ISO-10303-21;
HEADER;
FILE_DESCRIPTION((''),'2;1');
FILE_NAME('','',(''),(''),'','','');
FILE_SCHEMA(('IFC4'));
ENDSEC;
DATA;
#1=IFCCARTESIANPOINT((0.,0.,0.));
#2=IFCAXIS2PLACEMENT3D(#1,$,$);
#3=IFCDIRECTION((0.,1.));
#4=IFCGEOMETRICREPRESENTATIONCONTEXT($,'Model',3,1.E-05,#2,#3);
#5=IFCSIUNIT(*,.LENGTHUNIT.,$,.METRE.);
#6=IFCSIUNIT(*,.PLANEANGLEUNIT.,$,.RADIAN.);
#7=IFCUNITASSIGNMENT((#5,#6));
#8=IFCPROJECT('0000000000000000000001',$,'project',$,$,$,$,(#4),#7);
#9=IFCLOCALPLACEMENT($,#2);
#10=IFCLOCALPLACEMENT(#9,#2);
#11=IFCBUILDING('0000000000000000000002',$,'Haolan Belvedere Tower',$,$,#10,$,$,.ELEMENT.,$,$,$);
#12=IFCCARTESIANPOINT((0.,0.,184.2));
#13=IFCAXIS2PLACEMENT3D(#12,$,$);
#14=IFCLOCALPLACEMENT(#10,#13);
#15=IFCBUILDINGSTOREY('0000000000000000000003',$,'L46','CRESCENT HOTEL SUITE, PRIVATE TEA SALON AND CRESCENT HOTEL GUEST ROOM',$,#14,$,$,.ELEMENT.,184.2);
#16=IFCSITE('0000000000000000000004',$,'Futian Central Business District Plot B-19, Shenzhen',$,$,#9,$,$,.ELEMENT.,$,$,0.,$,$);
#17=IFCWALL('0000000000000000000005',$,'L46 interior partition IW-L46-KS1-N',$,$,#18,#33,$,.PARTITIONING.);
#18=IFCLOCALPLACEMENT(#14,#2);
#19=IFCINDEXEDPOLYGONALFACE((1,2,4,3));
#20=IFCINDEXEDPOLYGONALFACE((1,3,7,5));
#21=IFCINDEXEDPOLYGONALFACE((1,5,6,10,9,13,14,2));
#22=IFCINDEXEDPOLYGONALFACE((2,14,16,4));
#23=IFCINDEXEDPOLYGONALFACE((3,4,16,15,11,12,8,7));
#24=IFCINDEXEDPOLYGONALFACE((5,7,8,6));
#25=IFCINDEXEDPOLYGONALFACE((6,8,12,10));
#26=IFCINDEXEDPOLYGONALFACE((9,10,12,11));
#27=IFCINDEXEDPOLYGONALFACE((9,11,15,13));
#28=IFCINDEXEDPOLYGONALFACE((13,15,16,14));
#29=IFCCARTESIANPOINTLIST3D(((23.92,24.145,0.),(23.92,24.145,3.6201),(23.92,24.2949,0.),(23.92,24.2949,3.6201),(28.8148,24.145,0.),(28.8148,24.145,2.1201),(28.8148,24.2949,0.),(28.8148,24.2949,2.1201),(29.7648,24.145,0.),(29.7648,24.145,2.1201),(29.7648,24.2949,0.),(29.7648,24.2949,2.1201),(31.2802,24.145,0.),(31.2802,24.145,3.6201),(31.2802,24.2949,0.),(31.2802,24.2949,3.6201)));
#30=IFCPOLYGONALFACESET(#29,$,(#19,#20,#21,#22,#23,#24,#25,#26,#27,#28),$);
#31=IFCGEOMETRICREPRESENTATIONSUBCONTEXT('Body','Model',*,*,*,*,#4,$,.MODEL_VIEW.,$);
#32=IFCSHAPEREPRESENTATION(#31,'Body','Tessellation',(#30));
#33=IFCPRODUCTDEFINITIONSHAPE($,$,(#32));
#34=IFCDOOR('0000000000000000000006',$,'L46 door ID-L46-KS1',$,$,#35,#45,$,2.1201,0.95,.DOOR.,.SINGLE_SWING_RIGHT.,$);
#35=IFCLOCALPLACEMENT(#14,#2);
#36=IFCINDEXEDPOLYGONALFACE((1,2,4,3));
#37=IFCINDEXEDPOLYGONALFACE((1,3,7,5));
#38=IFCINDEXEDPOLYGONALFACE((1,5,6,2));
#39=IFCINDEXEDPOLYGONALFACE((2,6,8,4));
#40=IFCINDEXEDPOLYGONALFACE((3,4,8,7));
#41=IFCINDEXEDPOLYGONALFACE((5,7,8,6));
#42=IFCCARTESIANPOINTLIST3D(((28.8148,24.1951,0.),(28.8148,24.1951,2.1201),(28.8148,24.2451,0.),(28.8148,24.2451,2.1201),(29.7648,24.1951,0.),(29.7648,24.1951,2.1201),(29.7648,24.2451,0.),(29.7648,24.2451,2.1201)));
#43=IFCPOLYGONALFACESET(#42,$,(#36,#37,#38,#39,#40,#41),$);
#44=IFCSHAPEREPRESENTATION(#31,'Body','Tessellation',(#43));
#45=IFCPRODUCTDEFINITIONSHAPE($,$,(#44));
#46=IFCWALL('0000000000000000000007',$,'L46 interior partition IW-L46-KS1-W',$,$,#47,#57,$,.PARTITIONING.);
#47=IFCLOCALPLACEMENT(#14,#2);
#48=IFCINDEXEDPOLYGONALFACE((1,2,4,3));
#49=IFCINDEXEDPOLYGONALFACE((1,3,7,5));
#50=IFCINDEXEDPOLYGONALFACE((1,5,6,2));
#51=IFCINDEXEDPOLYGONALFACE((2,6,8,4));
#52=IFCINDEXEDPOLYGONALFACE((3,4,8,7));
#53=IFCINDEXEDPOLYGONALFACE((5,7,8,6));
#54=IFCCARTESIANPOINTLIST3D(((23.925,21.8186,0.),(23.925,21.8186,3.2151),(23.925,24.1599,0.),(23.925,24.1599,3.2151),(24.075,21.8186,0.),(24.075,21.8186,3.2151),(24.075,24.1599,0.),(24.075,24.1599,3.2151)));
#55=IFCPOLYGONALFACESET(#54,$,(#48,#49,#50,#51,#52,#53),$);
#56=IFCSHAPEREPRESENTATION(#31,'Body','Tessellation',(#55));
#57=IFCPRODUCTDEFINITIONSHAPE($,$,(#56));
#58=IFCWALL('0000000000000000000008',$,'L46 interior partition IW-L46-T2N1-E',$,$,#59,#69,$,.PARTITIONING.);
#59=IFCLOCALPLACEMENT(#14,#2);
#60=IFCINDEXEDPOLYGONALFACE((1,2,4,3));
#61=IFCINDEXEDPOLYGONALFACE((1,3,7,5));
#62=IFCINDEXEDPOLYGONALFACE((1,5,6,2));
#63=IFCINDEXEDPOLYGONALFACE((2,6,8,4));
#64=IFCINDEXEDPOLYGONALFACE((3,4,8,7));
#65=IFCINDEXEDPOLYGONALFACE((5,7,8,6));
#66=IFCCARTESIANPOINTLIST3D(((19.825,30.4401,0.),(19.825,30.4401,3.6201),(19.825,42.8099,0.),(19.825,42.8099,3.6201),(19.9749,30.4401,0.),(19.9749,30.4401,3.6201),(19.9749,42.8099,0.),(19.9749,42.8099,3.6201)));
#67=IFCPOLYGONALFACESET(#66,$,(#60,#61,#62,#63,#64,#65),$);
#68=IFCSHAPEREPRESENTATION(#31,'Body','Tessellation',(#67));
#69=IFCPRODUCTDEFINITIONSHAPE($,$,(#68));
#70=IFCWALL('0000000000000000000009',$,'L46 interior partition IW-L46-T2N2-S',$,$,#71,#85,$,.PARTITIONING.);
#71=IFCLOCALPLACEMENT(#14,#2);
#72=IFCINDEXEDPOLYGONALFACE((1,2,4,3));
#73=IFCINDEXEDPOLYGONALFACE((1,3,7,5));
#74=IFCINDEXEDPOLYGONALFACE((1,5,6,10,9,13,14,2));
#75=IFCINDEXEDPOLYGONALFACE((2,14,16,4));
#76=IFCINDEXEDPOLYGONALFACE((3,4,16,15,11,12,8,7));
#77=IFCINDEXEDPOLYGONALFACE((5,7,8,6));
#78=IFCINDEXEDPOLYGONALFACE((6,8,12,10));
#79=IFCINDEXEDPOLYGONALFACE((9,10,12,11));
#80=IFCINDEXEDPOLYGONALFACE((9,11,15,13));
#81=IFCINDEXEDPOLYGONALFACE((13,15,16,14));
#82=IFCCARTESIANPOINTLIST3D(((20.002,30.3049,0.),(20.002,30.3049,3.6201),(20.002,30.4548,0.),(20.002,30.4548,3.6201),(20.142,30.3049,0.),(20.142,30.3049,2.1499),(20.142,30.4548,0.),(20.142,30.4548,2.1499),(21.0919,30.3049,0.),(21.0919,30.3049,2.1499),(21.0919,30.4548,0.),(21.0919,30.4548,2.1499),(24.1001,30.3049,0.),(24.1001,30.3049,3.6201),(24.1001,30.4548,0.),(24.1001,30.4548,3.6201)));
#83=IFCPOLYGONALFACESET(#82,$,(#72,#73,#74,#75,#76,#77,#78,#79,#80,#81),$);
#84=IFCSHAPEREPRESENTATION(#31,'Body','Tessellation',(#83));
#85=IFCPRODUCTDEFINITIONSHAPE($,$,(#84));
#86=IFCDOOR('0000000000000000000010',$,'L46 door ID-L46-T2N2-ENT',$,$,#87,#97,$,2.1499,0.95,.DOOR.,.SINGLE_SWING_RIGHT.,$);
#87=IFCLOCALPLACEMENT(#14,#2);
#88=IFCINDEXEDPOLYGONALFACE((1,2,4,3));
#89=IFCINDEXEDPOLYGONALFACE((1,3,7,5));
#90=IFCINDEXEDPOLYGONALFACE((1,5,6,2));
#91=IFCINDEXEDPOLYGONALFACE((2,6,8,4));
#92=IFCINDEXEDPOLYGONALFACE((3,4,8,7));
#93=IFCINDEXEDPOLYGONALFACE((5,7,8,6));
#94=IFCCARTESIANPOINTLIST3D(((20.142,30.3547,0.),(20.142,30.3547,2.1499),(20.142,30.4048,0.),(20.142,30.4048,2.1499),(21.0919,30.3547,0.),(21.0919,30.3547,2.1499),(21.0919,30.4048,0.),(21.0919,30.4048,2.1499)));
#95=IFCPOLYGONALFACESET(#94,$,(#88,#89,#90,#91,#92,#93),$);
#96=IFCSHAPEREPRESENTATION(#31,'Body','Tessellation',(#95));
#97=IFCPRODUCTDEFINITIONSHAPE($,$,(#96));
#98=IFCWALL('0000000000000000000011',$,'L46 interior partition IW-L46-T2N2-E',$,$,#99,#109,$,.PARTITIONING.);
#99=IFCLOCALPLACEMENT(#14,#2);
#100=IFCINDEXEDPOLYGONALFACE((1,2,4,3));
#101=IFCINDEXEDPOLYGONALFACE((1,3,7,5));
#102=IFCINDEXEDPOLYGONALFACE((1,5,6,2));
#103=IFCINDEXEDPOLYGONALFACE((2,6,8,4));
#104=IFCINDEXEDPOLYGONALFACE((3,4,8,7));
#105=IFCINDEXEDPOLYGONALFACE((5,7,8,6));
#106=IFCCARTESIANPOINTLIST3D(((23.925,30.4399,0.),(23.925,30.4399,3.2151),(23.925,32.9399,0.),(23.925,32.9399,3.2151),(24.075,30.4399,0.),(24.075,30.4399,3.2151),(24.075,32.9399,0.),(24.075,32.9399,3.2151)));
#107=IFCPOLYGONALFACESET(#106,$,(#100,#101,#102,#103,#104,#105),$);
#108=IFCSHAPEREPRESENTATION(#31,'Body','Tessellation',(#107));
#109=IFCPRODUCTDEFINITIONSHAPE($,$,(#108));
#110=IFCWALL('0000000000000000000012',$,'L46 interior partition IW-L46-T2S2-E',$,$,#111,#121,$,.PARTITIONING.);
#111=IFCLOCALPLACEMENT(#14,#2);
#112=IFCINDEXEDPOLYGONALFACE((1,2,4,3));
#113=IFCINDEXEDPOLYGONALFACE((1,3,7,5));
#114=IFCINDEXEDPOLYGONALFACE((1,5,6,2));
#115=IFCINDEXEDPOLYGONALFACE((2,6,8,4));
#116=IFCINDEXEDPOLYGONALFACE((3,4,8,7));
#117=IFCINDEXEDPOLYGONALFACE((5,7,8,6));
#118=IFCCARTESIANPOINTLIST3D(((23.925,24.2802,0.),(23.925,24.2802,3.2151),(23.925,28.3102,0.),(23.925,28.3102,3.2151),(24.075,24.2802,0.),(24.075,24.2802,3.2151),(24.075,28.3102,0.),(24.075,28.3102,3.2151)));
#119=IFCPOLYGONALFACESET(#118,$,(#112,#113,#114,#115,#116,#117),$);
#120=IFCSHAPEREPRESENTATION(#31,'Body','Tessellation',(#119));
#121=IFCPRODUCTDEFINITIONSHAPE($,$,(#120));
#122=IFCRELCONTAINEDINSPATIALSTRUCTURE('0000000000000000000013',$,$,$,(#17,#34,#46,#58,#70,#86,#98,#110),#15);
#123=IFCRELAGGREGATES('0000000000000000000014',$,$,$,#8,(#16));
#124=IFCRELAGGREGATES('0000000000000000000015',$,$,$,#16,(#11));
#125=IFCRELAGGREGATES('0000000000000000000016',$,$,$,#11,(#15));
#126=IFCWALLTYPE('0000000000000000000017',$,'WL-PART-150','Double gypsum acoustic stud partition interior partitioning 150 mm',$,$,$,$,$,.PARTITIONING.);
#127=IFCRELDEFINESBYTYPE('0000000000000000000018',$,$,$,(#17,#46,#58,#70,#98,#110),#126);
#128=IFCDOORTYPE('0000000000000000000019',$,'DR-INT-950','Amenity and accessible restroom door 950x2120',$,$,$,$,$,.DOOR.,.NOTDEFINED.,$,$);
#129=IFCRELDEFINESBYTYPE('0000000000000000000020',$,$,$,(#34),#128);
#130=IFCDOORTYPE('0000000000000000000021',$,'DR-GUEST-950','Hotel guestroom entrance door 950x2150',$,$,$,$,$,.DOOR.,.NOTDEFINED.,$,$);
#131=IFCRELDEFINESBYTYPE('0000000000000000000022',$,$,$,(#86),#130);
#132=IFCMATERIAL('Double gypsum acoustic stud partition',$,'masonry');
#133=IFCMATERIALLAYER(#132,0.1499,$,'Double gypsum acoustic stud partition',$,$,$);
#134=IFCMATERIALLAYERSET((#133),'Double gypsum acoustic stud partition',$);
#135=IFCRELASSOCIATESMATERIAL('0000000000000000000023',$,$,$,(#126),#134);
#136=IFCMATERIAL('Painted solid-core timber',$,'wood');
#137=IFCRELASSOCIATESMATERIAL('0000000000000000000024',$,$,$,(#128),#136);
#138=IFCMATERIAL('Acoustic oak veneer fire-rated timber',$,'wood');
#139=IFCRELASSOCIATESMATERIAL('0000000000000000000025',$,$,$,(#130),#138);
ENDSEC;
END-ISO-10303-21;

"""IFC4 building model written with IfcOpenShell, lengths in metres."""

from ifc_helpers import new_model, si_unit, direction, frame, frame_2d, origin, place, context, subcontext, project, spatial, rectangle, extrude, material, layer, layer_set, type_object, element, fill, save


model = new_model("IFC4")

# Units and contexts
model_context = context("Model", 3, precision=1e-05, world=origin(), true_north=direction((0.0, 1.0)))
body_context = subcontext(model_context, "Body", "Model", "MODEL_VIEW")
ifc_project = project(units=[si_unit("LENGTHUNIT", "METRE"), si_unit("PLANEANGLEUNIT", "RADIAN")], contexts=[model_context])

# Site, building, storey
site_placement = place(None, origin())
site = spatial("IfcSite", under=ifc_project, at=site_placement, Name="Futian Central Business District Plot B-19, Shenzhen", CompositionType="ELEMENT", RefElevation=0.0)
building_placement = place(site_placement, origin())
building = spatial("IfcBuilding", under=site, at=building_placement, Name="Haolan Belvedere Tower", CompositionType="ELEMENT")
storey_placement = place(building_placement, frame((0.0, 0.0, 184.2)))
storey = spatial("IfcBuildingStorey", under=building, at=storey_placement, Name="L46", Description="CRESCENT HOTEL SUITE, PRIVATE TEA SALON AND CRESCENT HOTEL GUEST ROOM", CompositionType="ELEMENT", Elevation=184.2)

# Wall, opening, door
ifc_material_1 = material(Name="Double gypsum acoustic stud partition", Category="masonry")
ifc_layer_1 = layer(ifc_material_1, 0.1499, Name="Double gypsum acoustic stud partition")
ifc_layer_set_1 = layer_set([ifc_layer_1], Name="Double gypsum acoustic stud partition")
wall_type_1 = type_object("IfcWallType", Name="WL-PART-150", Description="Double gypsum acoustic stud partition interior partitioning 150 mm", PredefinedType="PARTITIONING", material=ifc_layer_set_1)
wall_1_placement = place(storey_placement, frame((23.9199, 24.22, 0.0), z_axis=(0.0, 0.0, 1.0), x_axis=(1.0, 0.0, 0.0)))
wall_1 = element("IfcWall", 1, at=wall_1_placement, inside=storey, type_object=wall_type_1, Name="L46 interior partition IW-L46-KS1-N", PredefinedType="PARTITIONING", context=body_context, shape_type="SweptSolid", body=[
    extrude(rectangle(XDim=7.3601, YDim=0.1499, at=frame_2d((3.6802, 0.0))), origin(), (0.0, 0.0, 1.0), 3.6201),
])
opening_1_placement = place(wall_1_placement, frame((5.845, 0.0, 0.0), z_axis=(0.0, 0.0, 1.0), x_axis=(-1.0, 0.0, 0.0)))
opening_1 = element("IfcOpeningElement", 2, at=opening_1_placement, cuts=wall_1, PredefinedType="OPENING", context=body_context, shape_type="SweptSolid", body=[
    extrude(rectangle(XDim=0.95, YDim=2.1201, at=frame_2d((0.4751, 1.0601))), frame((0.0, 0.085, 0.0), z_axis=(0.0, -1.0, 0.0), x_axis=(1.0, 0.0, 0.0)), (0.0, 0.0, 1.0), 0.1699),
])
ifc_material_2 = material(Name="Painted solid-core timber", Category="wood")
door_type_1 = type_object("IfcDoorType", Name="DR-INT-950", Description="Amenity and accessible restroom door 950x2120", OperationType="NOTDEFINED", PredefinedType="DOOR", material=ifc_material_2)
door_1_placement = place(opening_1_placement, origin())
door_1 = element("IfcDoor", 3, at=door_1_placement, inside=storey, type_object=door_type_1, Name="L46 door ID-L46-KS1", OperationType="SINGLE_SWING_RIGHT", OverallHeight=2.1201, OverallWidth=0.95, PredefinedType="DOOR", context=body_context, shape_type="SweptSolid", body=[
    extrude(rectangle(XDim=0.95, YDim=2.1201, at=frame_2d((0.4751, 1.0601))), frame((0.0, 0.0249, 0.0), z_axis=(0.0, -1.0, 0.0), x_axis=(1.0, 0.0, 0.0)), (0.0, 0.0, 1.0), 0.05),
])
fill(opening_1, door_1)

# Walls
wall_2_placement = place(storey_placement, frame((24.0, 21.8186, 0.0), z_axis=(0.0, 0.0, 1.0), x_axis=(0.0, 1.0, 0.0)))
element("IfcWall", 4, at=wall_2_placement, inside=storey, type_object=wall_type_1, Name="L46 interior partition IW-L46-KS1-W", PredefinedType="PARTITIONING", context=body_context, shape_type="SweptSolid", body=[
    extrude(rectangle(XDim=2.3413, YDim=0.1499, at=frame_2d((1.1707, 0.0))), origin(), (0.0, 0.0, 1.0), 3.2151),
])
wall_3_placement = place(storey_placement, frame((19.8999, 30.4399, 0.0), z_axis=(0.0, 0.0, 1.0), x_axis=(0.0, 1.0, 0.0)))
element("IfcWall", 5, at=wall_3_placement, inside=storey, type_object=wall_type_1, Name="L46 interior partition IW-L46-T2N1-E", PredefinedType="PARTITIONING", context=body_context, shape_type="SweptSolid", body=[
    extrude(rectangle(XDim=12.3699, YDim=0.1499, at=frame_2d((6.1851, 0.0))), origin(), (0.0, 0.0, 1.0), 3.6201),
])

# Wall, opening, door
wall_4_placement = place(storey_placement, frame((20.002, 30.3799, 0.0), z_axis=(0.0, 0.0, 1.0), x_axis=(1.0, 0.0, 0.0)))
wall_4 = element("IfcWall", 6, at=wall_4_placement, inside=storey, type_object=wall_type_1, Name="L46 interior partition IW-L46-T2N2-S", PredefinedType="PARTITIONING", context=body_context, shape_type="SweptSolid", body=[
    extrude(rectangle(XDim=4.0981, YDim=0.1499, at=frame_2d((2.0491, 0.0))), origin(), (0.0, 0.0, 1.0), 3.6201),
])
opening_2_placement = place(wall_4_placement, frame((0.1399, 0.0, 0.0)))
opening_2 = element("IfcOpeningElement", 7, at=opening_2_placement, cuts=wall_4, PredefinedType="OPENING", context=body_context, shape_type="SweptSolid", body=[
    extrude(rectangle(XDim=0.95, YDim=2.1499, at=frame_2d((0.4751, 1.075))), frame((0.0, 0.085, 0.0), z_axis=(0.0, -1.0, 0.0), x_axis=(1.0, 0.0, 0.0)), (0.0, 0.0, 1.0), 0.1699),
])
ifc_material_3 = material(Name="Acoustic oak veneer fire-rated timber", Category="wood")
door_type_2 = type_object("IfcDoorType", Name="DR-GUEST-950", Description="Hotel guestroom entrance door 950x2150", OperationType="NOTDEFINED", PredefinedType="DOOR", material=ifc_material_3)
door_2_placement = place(opening_2_placement, origin())
door_2 = element("IfcDoor", 8, at=door_2_placement, inside=storey, type_object=door_type_2, Name="L46 door ID-L46-T2N2-ENT", OperationType="SINGLE_SWING_RIGHT", OverallHeight=2.1499, OverallWidth=0.95, PredefinedType="DOOR", context=body_context, shape_type="SweptSolid", body=[
    extrude(rectangle(XDim=0.95, YDim=2.1499, at=frame_2d((0.4751, 1.075))), frame((0.0, 0.0249, 0.0), z_axis=(0.0, -1.0, 0.0), x_axis=(1.0, 0.0, 0.0)), (0.0, 0.0, 1.0), 0.05),
])
fill(opening_2, door_2)

# Walls
wall_5_placement = place(storey_placement, frame((24.0, 30.4399, 0.0), z_axis=(0.0, 0.0, 1.0), x_axis=(0.0, 1.0, 0.0)))
element("IfcWall", 9, at=wall_5_placement, inside=storey, type_object=wall_type_1, Name="L46 interior partition IW-L46-T2N2-E", PredefinedType="PARTITIONING", context=body_context, shape_type="SweptSolid", body=[
    extrude(rectangle(XDim=2.5, YDim=0.1499, at=frame_2d((1.25, 0.0))), origin(), (0.0, 0.0, 1.0), 3.2151),
])
wall_6_placement = place(storey_placement, frame((24.0, 24.28, 0.0), z_axis=(0.0, 0.0, 1.0), x_axis=(0.0, 1.0, 0.0)))
element("IfcWall", 10, at=wall_6_placement, inside=storey, type_object=wall_type_1, Name="L46 interior partition IW-L46-T2S2-E", PredefinedType="PARTITIONING", context=body_context, shape_type="SweptSolid", body=[
    extrude(rectangle(XDim=4.03, YDim=0.1499, at=frame_2d((2.0151, 0.0))), origin(), (0.0, 0.0, 1.0), 3.2151),
])

save(model, "model.ifc")
